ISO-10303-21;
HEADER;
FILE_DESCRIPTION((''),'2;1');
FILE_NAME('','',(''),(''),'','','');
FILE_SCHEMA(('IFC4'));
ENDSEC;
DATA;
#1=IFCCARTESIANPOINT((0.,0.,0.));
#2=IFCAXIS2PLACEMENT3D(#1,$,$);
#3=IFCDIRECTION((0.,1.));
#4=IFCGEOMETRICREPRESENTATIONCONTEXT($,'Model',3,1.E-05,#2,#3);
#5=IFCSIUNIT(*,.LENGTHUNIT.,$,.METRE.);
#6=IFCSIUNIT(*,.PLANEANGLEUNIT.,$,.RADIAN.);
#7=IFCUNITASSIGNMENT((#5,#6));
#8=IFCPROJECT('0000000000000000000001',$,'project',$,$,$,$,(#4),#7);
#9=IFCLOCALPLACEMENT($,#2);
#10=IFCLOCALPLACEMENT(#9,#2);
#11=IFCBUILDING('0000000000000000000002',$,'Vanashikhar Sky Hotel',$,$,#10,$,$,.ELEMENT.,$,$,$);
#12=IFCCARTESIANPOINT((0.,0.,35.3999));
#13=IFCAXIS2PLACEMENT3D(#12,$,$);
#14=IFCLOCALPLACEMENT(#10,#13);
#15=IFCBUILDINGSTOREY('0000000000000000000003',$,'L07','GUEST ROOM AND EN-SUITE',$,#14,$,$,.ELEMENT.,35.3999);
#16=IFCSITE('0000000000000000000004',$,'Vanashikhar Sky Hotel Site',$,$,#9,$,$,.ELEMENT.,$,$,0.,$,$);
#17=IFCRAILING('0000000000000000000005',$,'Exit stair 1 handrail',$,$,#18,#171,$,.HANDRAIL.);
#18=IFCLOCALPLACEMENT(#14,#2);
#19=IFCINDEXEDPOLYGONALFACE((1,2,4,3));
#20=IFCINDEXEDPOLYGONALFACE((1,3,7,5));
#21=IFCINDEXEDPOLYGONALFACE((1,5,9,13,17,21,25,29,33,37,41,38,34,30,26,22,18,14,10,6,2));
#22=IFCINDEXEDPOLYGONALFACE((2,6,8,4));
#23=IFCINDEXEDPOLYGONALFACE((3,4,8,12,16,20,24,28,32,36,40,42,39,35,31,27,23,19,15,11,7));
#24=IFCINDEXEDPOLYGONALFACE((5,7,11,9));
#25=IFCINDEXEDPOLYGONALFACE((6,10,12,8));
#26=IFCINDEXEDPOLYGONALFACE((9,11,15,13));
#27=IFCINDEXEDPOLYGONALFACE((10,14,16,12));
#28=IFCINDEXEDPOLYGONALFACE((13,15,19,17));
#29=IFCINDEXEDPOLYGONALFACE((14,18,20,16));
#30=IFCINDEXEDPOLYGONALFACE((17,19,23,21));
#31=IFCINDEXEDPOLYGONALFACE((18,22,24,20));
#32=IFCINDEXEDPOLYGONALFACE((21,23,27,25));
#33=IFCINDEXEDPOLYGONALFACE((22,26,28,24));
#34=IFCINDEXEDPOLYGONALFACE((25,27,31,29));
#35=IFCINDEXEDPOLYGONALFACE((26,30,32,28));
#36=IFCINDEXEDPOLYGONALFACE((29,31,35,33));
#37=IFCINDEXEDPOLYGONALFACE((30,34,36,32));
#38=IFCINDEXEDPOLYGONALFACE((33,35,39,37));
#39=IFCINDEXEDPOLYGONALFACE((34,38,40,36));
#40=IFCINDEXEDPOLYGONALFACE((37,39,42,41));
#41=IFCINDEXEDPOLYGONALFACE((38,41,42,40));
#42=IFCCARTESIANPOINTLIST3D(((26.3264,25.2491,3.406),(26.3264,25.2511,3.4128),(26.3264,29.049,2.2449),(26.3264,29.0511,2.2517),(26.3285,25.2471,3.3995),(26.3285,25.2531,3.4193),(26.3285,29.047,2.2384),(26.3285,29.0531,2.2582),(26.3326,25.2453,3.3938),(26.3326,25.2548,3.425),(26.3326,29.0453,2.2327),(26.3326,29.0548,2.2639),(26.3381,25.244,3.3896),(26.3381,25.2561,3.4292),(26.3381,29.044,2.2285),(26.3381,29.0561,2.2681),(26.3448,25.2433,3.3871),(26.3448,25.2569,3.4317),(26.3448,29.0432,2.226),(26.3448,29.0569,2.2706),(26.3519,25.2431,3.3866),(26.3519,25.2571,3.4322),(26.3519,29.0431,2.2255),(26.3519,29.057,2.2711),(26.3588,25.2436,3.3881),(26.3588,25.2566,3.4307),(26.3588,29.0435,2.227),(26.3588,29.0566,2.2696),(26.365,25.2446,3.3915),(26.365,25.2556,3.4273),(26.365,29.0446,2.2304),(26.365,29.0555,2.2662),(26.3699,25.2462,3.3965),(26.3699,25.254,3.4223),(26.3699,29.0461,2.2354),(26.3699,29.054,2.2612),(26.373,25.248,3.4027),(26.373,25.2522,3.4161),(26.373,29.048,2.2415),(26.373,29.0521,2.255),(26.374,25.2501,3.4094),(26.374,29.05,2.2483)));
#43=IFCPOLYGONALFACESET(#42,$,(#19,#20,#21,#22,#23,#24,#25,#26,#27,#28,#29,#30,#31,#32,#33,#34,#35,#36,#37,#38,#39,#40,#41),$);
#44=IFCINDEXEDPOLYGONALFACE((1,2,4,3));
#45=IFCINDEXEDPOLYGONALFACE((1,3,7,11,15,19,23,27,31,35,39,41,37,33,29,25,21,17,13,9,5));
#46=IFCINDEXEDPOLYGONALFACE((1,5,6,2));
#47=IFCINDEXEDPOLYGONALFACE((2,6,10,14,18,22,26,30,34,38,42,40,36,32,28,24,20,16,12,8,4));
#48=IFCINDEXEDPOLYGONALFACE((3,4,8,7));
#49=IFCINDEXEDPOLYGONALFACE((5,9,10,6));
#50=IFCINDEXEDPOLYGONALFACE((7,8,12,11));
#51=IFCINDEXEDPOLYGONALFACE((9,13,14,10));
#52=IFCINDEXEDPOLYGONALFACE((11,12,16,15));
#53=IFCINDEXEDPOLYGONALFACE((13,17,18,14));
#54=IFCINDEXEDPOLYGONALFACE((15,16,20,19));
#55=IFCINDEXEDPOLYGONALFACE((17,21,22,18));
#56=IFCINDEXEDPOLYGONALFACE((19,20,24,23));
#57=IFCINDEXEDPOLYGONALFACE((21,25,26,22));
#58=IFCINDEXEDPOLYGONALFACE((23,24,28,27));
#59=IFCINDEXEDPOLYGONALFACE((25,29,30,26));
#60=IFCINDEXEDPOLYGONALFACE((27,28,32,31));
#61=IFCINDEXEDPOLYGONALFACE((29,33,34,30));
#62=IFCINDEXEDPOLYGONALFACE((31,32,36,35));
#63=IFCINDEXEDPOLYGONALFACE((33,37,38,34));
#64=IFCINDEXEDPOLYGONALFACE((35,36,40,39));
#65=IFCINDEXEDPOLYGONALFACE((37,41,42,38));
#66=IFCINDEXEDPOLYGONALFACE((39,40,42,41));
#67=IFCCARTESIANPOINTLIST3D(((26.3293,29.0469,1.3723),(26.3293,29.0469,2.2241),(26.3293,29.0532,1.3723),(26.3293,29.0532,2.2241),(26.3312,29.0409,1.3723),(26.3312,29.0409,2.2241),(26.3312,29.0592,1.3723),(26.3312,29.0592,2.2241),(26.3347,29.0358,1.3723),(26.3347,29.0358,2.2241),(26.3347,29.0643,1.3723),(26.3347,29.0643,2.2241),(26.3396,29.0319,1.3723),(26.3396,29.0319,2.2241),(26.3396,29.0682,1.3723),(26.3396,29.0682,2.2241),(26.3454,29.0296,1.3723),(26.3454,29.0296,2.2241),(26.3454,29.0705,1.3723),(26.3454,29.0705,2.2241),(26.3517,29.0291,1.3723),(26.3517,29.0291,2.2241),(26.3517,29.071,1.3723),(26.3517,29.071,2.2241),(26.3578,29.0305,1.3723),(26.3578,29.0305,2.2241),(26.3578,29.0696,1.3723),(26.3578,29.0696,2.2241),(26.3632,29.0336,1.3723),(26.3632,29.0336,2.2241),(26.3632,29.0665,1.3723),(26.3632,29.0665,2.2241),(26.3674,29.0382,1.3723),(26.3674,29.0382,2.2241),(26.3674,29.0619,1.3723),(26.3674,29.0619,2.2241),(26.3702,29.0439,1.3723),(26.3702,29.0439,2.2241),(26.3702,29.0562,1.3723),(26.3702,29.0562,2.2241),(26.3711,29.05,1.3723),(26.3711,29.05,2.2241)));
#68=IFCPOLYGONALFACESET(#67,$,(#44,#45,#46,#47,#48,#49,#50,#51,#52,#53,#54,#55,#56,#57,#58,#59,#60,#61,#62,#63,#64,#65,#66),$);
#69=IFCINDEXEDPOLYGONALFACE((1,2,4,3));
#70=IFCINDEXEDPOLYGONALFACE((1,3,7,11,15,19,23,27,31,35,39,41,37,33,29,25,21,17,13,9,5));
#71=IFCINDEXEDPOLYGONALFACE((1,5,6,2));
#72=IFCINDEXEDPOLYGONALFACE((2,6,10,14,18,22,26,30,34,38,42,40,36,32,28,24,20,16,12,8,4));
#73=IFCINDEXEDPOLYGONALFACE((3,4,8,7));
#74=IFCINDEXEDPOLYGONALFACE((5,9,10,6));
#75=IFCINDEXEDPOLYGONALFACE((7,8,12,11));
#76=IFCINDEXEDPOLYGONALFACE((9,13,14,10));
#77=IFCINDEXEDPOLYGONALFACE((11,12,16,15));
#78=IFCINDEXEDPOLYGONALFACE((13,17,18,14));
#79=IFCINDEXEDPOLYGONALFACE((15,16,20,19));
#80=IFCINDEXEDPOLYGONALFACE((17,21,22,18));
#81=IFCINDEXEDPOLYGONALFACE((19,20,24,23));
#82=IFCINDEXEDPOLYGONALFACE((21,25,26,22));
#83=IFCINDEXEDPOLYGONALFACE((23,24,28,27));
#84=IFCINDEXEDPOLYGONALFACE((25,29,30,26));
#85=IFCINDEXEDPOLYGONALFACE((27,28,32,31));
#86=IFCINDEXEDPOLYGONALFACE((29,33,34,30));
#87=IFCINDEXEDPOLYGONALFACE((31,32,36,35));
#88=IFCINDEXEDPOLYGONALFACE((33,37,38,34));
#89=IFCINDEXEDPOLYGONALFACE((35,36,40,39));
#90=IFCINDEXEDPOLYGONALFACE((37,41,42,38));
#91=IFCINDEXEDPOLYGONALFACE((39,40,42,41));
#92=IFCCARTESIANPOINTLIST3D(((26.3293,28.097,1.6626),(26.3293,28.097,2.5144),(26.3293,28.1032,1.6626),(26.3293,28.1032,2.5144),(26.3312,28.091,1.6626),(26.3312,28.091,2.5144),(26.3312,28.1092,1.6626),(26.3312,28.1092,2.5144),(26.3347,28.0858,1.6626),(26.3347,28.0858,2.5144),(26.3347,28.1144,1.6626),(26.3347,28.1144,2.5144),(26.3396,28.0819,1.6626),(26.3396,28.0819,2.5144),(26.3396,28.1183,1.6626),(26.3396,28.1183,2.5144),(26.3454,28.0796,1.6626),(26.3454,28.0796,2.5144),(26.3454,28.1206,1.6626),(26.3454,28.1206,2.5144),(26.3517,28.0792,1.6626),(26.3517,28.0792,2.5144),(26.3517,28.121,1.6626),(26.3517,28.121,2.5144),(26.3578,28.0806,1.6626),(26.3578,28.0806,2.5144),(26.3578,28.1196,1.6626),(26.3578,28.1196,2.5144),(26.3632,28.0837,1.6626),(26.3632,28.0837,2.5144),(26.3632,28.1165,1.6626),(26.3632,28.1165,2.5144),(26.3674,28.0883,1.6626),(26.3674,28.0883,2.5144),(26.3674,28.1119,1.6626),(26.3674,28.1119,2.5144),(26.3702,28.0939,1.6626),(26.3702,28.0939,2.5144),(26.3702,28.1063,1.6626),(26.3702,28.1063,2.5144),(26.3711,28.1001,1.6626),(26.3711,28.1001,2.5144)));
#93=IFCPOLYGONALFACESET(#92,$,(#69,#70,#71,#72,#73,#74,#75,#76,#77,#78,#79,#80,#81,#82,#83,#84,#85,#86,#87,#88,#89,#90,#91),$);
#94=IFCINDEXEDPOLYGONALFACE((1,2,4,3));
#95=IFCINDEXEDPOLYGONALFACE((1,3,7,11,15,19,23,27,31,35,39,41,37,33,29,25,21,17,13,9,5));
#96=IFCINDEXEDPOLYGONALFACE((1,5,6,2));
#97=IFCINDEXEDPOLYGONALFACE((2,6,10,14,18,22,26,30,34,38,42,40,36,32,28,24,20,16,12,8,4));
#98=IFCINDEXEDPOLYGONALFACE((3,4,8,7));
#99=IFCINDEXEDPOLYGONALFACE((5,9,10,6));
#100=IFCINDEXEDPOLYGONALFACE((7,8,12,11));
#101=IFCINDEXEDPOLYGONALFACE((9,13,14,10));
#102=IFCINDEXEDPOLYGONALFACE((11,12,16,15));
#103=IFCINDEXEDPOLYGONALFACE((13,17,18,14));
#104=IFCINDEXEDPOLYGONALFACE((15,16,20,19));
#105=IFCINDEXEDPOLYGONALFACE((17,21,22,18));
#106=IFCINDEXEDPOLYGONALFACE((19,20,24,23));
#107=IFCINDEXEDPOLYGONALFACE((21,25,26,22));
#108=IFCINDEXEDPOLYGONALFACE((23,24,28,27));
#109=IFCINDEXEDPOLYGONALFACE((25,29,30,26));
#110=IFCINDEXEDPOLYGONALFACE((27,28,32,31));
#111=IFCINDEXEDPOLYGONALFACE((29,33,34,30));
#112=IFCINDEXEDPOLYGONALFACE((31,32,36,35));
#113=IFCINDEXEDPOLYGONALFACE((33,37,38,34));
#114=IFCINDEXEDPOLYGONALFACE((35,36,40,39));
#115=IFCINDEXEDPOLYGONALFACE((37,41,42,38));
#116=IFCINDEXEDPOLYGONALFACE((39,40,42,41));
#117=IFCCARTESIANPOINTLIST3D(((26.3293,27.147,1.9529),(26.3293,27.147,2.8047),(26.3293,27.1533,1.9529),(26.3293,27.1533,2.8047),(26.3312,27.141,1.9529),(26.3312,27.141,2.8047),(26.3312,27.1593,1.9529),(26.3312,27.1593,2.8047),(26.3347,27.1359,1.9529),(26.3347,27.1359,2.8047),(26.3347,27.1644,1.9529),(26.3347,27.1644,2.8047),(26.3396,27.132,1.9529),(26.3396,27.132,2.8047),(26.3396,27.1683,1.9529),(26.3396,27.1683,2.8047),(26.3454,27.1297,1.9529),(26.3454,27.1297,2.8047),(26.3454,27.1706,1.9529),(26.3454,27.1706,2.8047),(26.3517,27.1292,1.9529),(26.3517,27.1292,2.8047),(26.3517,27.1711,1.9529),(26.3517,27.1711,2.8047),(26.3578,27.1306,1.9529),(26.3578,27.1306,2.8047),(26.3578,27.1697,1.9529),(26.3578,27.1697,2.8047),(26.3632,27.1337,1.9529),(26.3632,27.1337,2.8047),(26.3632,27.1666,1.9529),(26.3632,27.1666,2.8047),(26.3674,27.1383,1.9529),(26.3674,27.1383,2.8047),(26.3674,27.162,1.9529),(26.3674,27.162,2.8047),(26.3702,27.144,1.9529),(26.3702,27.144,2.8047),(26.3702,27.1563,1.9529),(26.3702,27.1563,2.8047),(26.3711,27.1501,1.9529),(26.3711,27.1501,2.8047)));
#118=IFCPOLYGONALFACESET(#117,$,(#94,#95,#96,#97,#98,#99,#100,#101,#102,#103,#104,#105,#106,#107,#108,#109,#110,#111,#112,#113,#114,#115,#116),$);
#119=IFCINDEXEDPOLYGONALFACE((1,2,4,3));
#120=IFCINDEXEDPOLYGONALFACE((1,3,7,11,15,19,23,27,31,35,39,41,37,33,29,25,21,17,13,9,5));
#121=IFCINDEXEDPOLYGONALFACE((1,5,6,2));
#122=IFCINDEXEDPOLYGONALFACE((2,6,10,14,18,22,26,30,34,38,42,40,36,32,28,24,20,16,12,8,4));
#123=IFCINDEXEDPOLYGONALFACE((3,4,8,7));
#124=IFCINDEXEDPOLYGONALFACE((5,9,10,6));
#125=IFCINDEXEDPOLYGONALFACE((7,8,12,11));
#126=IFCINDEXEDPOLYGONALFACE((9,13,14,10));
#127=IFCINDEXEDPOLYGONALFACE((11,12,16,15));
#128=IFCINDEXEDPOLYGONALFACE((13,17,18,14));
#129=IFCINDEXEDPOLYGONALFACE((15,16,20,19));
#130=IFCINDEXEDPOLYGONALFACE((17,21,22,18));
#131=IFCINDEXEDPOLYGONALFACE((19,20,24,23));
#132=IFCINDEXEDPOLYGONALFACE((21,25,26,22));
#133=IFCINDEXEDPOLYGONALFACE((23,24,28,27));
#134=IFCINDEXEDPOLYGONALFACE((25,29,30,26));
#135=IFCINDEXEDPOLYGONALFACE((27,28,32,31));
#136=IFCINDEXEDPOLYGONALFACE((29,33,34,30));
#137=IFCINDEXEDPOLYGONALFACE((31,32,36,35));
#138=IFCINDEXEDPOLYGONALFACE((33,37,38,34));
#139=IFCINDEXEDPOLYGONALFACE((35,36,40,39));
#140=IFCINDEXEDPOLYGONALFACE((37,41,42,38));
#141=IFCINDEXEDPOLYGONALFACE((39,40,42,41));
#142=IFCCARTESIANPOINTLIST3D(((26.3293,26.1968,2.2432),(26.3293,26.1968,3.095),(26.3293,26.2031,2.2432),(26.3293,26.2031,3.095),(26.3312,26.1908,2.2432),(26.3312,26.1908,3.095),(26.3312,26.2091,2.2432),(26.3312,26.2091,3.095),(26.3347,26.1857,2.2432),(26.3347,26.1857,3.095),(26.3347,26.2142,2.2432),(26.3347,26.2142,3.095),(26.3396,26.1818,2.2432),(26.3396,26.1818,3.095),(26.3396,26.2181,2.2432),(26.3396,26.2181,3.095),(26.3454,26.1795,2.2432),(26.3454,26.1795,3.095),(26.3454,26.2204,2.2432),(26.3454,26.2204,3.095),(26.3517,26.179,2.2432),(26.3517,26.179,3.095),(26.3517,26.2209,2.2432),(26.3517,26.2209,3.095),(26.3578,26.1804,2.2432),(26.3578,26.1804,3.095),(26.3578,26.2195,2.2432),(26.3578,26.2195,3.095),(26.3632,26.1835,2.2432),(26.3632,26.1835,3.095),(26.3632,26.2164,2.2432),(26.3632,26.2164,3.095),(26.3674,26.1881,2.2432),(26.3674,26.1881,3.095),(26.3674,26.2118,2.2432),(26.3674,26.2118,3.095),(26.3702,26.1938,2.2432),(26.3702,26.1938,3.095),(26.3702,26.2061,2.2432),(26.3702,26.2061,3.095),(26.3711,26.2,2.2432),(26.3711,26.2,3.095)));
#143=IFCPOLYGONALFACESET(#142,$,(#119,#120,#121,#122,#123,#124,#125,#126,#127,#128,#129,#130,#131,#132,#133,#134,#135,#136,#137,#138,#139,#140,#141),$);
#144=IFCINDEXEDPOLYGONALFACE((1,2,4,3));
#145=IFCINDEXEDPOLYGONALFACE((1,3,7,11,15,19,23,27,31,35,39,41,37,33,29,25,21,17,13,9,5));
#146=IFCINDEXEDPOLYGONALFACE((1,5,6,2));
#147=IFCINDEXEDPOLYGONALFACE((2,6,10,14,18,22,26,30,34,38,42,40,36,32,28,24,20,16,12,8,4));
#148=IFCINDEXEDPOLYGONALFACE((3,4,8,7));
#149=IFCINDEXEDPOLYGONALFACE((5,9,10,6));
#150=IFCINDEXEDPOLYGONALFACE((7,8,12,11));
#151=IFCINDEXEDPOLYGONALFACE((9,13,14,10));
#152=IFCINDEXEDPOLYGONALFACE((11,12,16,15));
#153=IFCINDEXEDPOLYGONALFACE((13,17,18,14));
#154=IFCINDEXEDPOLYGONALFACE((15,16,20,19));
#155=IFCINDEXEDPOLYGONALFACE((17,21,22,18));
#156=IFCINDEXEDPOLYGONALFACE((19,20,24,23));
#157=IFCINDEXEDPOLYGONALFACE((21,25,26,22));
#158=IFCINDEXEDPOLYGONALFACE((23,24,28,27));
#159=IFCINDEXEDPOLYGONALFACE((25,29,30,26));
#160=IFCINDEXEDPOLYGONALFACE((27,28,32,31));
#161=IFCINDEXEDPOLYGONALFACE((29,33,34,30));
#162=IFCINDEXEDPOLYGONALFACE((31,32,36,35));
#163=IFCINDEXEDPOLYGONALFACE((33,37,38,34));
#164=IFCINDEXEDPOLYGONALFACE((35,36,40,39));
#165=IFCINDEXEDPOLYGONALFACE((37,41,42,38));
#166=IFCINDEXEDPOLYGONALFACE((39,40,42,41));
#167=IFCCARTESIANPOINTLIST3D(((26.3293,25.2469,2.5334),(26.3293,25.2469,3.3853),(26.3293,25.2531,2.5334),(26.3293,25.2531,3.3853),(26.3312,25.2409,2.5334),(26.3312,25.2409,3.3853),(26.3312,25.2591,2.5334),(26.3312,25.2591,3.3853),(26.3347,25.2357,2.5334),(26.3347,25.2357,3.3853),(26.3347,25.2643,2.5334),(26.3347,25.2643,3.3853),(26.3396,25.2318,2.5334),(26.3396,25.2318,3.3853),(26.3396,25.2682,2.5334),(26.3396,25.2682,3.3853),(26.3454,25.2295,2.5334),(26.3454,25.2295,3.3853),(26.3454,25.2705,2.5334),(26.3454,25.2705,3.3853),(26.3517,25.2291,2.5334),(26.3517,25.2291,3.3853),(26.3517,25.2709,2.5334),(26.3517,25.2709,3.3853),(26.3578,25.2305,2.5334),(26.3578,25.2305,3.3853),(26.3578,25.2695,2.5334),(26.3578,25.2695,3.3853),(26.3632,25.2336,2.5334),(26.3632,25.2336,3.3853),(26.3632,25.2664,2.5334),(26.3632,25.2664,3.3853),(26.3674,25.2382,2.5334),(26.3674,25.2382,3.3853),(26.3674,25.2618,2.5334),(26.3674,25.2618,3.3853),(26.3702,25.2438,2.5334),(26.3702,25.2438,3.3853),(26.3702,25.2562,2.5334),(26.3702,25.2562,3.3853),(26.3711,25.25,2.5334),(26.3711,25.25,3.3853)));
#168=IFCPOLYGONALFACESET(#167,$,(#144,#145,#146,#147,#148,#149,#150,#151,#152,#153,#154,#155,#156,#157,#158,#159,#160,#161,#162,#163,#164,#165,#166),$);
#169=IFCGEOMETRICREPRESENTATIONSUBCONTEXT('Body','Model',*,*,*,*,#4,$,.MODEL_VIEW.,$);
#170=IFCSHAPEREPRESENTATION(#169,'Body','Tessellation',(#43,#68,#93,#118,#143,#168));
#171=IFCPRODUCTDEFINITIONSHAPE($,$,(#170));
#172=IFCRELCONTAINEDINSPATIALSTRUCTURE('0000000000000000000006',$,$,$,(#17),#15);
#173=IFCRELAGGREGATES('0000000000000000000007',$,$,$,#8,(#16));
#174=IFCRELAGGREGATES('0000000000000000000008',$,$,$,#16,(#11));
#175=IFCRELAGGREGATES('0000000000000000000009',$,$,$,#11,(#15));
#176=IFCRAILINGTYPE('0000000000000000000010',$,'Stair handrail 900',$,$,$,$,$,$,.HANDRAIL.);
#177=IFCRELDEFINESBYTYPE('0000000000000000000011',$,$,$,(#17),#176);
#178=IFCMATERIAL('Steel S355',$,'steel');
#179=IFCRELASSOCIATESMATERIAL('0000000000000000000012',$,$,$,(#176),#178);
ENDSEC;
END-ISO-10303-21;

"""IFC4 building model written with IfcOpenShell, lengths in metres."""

from ifc_helpers import new_model, si_unit, direction, frame, origin, origin_2d, place, context, subcontext, project, spatial, circle, extrude, source, transform, mapped, material, type_object, element, save


model = new_model("IFC4")

# Units and contexts
model_context = context("Model", 3, precision=1e-05, world=origin(), true_north=direction((0.0, 1.0)))
body_context = subcontext(model_context, "Body", "Model", "MODEL_VIEW")
ifc_project = project(units=[si_unit("LENGTHUNIT", "METRE"), si_unit("PLANEANGLEUNIT", "RADIAN")], contexts=[model_context])

# Site, building, storey
site_placement = place(None, origin())
site = spatial("IfcSite", under=ifc_project, at=site_placement, Name="Vanashikhar Sky Hotel Site", CompositionType="ELEMENT", RefElevation=0.0)
building_placement = place(site_placement, origin())
building = spatial("IfcBuilding", under=site, at=building_placement, Name="Vanashikhar Sky Hotel", CompositionType="ELEMENT")
storey_placement = place(building_placement, frame((0.0, 0.0, 35.3999)))
storey = spatial("IfcBuildingStorey", under=building, at=storey_placement, Name="L07", Description="GUEST ROOM AND EN-SUITE", CompositionType="ELEMENT", Elevation=35.3999)

# Railing
ifc_material_1 = material(Name="Steel S355", Category="steel")
railing_type = type_object("IfcRailingType", Name="Stair handrail 900", PredefinedType="HANDRAIL", material=ifc_material_1)
shared_shape_1 = source(origin(), body_context, "Body", "SweptSolid", [
    extrude(circle(Radius=0.0239, at=origin_2d()), frame((0.0, 0.0, 0.876), z_axis=(0.0, -0.956351, 0.29222), x_axis=(1.0, 0.0, 0.0)), (0.0, 0.0, 1.0), 3.9734),
    extrude(circle(Radius=0.021, at=origin_2d()), origin(), (0.0, 0.0, 1.0), 0.8518),
    extrude(circle(Radius=0.021, at=origin_2d()), frame((0.0, -0.95, 0.2903)), (0.0, 0.0, 1.0), 0.8518),
    extrude(circle(Radius=0.021, at=origin_2d()), frame((0.0, -1.8999, 0.5806)), (0.0, 0.0, 1.0), 0.8518),
    extrude(circle(Radius=0.021, at=origin_2d()), frame((0.0, -2.8501, 0.8708)), (0.0, 0.0, 1.0), 0.8518),
    extrude(circle(Radius=0.021, at=origin_2d()), frame((0.0, -3.8, 1.1611)), (0.0, 0.0, 1.0), 0.8518),
])
for number, where, name in (
    (1, (26.3501, 29.05, 1.3723), "Exit stair 1 handrail"),
):
    element("IfcRailing", number, at=place(storey_placement, frame(where)), inside=storey, type_object=railing_type, Name=name, PredefinedType="HANDRAIL", context=body_context, shape_type="MappedRepresentation", body=[
        mapped(shared_shape_1, transform((0.0, 0.0, 0.0), scale=1.0)),
    ])

save(model, "model.ifc")
